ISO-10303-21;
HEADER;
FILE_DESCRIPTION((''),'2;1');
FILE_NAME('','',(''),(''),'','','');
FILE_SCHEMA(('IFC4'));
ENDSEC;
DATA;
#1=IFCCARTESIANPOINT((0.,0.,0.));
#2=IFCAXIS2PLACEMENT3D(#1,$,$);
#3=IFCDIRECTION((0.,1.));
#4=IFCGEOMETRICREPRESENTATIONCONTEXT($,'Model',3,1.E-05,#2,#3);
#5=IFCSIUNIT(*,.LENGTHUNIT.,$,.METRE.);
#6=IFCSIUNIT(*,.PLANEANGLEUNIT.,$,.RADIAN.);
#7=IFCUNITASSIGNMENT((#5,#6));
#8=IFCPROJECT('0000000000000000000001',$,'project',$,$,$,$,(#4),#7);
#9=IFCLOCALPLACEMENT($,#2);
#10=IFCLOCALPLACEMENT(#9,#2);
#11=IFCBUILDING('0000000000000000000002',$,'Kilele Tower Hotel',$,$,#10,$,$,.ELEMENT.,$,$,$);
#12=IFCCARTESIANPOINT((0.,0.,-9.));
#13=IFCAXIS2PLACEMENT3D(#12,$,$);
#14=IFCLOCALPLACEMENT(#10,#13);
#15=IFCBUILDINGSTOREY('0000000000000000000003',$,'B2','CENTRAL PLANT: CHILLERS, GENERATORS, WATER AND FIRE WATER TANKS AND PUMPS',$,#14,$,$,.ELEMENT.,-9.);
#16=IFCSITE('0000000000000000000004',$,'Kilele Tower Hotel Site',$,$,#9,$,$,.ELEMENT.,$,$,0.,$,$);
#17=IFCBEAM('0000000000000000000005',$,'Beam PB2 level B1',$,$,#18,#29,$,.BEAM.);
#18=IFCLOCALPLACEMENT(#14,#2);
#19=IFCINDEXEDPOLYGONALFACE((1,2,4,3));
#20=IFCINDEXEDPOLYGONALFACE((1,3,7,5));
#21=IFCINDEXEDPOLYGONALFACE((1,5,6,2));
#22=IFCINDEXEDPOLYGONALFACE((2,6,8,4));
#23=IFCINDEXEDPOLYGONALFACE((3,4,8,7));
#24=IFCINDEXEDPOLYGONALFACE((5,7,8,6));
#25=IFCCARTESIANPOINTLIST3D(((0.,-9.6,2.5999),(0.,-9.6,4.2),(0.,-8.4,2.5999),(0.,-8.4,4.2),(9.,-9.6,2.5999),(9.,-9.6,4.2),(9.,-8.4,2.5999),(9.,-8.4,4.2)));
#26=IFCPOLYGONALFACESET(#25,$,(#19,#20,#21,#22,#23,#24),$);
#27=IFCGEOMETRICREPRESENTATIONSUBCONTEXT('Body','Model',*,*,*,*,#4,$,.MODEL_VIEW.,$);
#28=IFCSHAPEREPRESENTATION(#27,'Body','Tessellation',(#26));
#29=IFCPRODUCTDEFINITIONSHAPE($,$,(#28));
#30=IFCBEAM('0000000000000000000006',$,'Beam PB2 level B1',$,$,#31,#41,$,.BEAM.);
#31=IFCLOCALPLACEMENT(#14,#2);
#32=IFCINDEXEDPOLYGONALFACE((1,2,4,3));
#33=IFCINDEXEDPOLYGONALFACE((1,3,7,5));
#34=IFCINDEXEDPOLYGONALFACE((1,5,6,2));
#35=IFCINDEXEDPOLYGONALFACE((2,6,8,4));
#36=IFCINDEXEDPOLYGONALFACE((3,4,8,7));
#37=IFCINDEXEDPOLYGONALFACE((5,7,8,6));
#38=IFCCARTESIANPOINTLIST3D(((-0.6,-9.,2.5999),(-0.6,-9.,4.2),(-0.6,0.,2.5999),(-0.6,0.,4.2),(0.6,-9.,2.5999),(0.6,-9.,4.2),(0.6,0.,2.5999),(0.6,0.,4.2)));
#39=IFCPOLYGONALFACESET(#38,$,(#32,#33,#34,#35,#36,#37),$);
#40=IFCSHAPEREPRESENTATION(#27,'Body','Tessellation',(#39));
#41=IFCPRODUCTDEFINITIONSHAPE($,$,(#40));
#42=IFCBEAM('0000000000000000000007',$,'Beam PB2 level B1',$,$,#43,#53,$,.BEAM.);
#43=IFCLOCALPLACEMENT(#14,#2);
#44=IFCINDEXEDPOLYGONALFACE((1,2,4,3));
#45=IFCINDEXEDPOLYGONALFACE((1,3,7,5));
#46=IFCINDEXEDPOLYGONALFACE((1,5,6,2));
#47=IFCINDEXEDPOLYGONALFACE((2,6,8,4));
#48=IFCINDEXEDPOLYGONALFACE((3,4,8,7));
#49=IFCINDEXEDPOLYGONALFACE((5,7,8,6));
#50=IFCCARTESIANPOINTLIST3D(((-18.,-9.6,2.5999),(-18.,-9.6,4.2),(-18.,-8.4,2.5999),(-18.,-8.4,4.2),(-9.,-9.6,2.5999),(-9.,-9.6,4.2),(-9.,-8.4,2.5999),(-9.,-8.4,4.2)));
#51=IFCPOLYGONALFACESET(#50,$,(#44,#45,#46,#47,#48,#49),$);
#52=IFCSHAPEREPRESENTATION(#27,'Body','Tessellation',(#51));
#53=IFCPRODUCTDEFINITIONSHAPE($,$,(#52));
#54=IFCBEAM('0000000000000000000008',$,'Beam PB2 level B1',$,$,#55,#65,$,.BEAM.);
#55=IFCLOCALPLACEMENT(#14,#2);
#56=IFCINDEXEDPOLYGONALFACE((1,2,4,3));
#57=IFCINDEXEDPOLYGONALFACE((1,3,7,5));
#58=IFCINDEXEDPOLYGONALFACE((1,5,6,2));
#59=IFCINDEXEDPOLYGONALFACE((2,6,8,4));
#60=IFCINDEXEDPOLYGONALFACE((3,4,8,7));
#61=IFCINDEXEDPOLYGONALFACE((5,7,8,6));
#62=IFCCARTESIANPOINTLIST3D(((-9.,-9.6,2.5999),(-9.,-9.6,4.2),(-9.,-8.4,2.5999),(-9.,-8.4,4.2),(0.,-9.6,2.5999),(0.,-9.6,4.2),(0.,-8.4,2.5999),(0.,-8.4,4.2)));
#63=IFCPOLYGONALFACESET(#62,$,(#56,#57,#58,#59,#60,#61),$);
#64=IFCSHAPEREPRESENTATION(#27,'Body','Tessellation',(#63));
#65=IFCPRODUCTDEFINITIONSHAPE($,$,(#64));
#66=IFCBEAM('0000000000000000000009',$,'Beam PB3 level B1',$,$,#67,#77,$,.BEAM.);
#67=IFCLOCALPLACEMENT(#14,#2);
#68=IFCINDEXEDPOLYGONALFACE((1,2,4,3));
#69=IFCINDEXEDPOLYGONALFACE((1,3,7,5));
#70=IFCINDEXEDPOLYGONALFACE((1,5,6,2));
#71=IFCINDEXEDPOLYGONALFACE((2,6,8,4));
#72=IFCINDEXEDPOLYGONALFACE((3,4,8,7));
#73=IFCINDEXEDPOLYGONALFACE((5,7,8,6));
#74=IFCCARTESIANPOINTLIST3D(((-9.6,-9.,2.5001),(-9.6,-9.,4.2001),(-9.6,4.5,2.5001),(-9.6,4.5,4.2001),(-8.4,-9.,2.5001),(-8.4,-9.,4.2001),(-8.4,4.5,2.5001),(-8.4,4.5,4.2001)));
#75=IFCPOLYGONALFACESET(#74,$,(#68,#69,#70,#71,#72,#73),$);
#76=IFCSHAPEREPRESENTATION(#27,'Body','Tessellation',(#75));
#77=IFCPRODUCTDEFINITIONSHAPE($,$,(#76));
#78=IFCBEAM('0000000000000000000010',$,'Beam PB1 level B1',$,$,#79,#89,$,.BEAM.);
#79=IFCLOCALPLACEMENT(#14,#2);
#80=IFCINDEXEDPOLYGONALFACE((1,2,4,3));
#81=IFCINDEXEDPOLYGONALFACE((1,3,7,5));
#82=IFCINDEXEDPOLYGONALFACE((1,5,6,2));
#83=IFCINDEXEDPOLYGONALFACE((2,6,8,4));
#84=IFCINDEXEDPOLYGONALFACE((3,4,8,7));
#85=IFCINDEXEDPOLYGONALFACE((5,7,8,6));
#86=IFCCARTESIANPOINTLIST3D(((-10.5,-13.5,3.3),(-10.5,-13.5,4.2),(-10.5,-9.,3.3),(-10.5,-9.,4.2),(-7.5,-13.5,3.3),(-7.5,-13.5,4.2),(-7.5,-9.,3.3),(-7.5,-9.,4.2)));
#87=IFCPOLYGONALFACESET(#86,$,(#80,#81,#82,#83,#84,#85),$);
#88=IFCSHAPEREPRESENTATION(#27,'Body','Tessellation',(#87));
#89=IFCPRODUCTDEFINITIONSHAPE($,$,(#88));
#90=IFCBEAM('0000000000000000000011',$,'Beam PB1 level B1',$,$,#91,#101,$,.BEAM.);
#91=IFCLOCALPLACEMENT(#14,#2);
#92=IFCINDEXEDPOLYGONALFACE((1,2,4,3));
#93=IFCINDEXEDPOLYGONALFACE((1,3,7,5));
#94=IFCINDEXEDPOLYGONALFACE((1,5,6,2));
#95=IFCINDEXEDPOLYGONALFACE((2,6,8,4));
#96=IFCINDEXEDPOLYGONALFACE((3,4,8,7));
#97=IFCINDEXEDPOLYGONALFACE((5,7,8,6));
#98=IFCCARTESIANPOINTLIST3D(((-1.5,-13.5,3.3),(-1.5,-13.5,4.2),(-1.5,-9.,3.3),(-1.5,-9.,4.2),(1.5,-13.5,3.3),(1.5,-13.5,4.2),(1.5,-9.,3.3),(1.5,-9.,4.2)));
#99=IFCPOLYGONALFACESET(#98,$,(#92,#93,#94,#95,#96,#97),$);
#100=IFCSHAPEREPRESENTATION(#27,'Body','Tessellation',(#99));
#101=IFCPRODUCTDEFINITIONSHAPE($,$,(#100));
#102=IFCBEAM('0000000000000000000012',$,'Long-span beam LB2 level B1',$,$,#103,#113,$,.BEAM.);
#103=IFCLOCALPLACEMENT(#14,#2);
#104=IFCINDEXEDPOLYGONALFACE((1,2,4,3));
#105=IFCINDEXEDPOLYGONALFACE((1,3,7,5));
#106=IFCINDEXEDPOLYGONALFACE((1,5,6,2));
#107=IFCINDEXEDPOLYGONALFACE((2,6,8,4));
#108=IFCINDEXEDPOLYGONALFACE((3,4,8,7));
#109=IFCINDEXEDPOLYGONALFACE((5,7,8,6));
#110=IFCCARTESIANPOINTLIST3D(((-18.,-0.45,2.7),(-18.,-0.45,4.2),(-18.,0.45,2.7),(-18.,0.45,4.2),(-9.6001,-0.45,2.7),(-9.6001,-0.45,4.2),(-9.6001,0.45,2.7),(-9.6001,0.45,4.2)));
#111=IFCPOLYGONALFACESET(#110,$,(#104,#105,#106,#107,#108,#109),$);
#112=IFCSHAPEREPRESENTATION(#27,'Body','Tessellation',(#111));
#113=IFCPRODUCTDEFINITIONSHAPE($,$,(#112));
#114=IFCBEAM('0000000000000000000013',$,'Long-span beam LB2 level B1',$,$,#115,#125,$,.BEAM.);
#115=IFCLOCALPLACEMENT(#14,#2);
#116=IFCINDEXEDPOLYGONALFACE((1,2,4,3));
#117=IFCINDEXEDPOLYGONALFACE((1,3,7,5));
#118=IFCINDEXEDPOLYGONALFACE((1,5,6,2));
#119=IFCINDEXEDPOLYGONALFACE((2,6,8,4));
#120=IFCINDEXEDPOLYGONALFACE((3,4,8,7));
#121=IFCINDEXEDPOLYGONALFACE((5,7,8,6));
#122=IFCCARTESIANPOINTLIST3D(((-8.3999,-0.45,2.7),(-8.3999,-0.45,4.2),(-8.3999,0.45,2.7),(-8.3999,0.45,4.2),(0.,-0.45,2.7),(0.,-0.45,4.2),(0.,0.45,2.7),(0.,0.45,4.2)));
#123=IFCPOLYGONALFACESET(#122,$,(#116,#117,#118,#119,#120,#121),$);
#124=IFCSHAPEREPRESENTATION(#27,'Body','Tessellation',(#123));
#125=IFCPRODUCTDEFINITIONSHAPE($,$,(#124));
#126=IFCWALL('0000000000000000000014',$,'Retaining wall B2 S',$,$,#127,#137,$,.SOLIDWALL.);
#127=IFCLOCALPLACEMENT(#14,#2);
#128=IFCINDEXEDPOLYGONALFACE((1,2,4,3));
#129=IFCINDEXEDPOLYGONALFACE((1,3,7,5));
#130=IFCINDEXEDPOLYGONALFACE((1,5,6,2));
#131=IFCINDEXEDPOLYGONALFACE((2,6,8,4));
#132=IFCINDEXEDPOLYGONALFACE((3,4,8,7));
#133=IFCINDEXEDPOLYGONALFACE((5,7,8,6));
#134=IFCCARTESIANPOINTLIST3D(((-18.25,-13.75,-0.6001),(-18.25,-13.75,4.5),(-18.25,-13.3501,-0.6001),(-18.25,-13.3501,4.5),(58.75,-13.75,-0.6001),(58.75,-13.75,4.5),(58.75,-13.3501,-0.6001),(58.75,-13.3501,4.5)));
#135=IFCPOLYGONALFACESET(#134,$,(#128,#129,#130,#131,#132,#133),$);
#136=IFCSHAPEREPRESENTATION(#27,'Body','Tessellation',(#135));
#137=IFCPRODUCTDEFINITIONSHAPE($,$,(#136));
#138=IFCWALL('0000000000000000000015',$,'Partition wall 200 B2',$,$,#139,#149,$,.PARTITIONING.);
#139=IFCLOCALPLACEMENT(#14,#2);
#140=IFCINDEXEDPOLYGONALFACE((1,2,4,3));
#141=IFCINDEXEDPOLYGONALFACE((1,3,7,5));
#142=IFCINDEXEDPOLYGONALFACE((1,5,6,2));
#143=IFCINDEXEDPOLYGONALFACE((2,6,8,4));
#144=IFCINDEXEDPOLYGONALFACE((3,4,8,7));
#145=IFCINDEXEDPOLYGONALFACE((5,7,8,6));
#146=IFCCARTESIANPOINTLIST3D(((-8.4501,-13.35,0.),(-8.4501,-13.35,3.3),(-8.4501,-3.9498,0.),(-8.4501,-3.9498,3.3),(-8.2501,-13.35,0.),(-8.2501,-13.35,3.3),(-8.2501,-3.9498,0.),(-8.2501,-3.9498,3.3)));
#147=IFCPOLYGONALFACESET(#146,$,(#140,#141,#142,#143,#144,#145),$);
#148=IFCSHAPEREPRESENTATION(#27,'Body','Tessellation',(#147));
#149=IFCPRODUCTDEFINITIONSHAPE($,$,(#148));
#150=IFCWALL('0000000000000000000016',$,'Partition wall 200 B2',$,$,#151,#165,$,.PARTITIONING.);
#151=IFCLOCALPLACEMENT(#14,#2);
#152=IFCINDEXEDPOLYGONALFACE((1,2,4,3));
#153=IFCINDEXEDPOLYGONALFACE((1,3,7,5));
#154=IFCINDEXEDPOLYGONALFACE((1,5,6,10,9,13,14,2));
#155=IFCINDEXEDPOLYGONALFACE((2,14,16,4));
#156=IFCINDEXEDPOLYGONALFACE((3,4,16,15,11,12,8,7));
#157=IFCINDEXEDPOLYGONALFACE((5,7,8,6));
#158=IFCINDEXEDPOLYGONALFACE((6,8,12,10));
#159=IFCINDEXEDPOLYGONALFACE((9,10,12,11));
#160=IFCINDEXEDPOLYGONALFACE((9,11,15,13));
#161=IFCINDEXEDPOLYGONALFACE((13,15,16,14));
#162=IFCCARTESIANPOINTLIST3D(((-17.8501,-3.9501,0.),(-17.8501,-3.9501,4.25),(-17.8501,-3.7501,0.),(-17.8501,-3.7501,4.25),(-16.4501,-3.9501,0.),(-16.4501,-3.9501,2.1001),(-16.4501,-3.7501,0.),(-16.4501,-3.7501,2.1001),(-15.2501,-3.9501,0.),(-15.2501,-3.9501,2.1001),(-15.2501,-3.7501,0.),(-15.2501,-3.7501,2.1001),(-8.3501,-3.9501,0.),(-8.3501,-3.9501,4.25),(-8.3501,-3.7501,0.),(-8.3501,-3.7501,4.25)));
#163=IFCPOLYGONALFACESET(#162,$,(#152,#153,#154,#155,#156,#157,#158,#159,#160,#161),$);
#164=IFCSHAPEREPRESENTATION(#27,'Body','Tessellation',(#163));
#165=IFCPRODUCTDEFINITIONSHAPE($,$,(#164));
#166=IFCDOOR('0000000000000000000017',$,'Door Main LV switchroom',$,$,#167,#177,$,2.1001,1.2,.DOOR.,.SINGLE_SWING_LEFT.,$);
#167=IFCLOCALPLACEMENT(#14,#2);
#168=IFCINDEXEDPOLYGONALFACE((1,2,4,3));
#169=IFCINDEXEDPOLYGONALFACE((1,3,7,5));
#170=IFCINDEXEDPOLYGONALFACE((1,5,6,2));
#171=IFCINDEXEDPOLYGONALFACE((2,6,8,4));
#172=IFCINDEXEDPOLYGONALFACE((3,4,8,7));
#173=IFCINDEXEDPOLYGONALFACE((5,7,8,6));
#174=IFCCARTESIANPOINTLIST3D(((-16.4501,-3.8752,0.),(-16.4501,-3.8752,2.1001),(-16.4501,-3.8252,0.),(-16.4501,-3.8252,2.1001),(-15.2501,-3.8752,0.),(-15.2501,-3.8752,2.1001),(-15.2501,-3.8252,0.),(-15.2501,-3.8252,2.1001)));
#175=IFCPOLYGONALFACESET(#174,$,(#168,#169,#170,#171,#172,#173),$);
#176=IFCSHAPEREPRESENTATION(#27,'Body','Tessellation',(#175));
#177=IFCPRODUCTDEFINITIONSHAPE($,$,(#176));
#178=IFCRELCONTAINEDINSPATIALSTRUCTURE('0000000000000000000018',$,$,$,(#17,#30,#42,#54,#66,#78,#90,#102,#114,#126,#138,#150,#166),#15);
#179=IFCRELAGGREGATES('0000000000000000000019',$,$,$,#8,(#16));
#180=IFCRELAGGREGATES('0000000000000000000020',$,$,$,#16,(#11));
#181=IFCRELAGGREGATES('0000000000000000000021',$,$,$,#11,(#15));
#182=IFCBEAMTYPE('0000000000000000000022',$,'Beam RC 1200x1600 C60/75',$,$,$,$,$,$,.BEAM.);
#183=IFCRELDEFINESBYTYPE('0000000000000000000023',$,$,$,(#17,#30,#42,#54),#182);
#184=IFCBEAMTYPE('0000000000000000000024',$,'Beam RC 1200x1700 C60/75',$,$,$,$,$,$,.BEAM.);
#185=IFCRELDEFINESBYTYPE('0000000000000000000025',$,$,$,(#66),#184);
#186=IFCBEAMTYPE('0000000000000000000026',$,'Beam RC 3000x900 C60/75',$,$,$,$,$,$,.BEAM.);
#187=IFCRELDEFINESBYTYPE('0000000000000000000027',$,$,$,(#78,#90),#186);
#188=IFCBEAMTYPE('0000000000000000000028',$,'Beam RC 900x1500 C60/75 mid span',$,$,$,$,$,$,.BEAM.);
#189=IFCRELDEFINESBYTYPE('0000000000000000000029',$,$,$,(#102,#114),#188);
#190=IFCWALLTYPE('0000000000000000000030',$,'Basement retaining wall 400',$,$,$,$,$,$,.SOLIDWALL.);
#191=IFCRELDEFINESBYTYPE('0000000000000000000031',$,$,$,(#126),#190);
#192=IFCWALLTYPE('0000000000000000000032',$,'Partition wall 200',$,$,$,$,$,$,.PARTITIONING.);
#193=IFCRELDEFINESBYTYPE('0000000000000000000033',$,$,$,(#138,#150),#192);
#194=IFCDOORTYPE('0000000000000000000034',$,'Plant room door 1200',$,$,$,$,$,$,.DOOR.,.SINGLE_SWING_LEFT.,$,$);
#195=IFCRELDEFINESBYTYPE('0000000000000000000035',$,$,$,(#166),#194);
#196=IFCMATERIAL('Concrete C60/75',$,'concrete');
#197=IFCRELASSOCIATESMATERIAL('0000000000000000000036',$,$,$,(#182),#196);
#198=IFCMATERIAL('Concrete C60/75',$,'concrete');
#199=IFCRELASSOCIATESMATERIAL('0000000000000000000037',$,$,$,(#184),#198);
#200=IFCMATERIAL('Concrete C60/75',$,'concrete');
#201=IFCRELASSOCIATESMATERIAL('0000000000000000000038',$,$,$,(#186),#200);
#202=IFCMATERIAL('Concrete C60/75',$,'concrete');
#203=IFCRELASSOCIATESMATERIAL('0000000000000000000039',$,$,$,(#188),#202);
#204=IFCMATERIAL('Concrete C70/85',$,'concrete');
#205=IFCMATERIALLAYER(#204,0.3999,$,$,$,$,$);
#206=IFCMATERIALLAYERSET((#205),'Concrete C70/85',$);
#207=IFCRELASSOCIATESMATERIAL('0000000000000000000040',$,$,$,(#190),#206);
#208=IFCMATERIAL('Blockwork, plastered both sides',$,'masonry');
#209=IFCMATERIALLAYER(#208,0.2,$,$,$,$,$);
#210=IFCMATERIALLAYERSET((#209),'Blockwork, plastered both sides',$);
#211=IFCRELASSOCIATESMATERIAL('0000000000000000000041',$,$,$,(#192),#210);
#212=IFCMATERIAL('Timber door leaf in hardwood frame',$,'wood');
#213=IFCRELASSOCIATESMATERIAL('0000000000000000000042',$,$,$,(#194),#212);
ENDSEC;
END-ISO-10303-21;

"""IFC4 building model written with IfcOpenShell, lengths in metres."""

from ifc_helpers import new_model, si_unit, direction, frame, frame_2d, origin, origin_2d, place, context, subcontext, project, spatial, rectangle, extrude, material, layer, layer_set, material_profile, profile_set, type_object, element, fill, save


model = new_model("IFC4")

# Units and contexts
model_context = context("Model", 3, precision=1e-05, world=origin(), true_north=direction((0.0, 1.0)))
body_context = subcontext(model_context, "Body", "Model", "MODEL_VIEW")
ifc_project = project(units=[si_unit("LENGTHUNIT", "METRE"), si_unit("PLANEANGLEUNIT", "RADIAN")], contexts=[model_context])

# Site, building, storey
site_placement = place(None, origin())
site = spatial("IfcSite", under=ifc_project, at=site_placement, Name="Kilele Tower Hotel Site", CompositionType="ELEMENT", RefElevation=0.0)
building_placement = place(site_placement, origin())
building = spatial("IfcBuilding", under=site, at=building_placement, Name="Kilele Tower Hotel", CompositionType="ELEMENT")
storey_placement = place(building_placement, frame((0.0, 0.0, -9.0)))
storey = spatial("IfcBuildingStorey", under=building, at=storey_placement, Name="B2", Description="CENTRAL PLANT: CHILLERS, GENERATORS, WATER AND FIRE WATER TANKS AND PUMPS", CompositionType="ELEMENT", Elevation=-9.0)

# Beams
ifc_material_1 = material(Name="Concrete C60/75", Category="concrete")
ifc_material_profile_1 = material_profile(ifc_material_1, rectangle(XDim=1.2, YDim=1.6001, at=origin_2d()))
ifc_profile_set_1 = profile_set([ifc_material_profile_1], Name="Concrete C60/75")
beam_type_1 = type_object("IfcBeamType", Name="Beam RC 1200x1600 C60/75", PredefinedType="BEAM", material=ifc_profile_set_1)
for number, where, z_axis, x_axis, name in (
    (1, (0.0, -9.0, 3.3999), (1.0, 0.0, 0.0), (0.0, 1.0, 0.0), "Beam PB2 level B1"),
    (2, (0.0, -9.0, 3.3999), (0.0, 1.0, 0.0), (-1.0, 0.0, 0.0), "Beam PB2 level B1"),
    (3, (-18.0, -9.0, 3.3999), (1.0, 0.0, 0.0), (0.0, 1.0, 0.0), "Beam PB2 level B1"),
    (4, (-9.0, -9.0, 3.3999), (1.0, 0.0, 0.0), (0.0, 1.0, 0.0), "Beam PB2 level B1"),
):
    element("IfcBeam", number, at=place(storey_placement, frame(where, z_axis=z_axis, x_axis=x_axis)), inside=storey, type_object=beam_type_1, Name=name, PredefinedType="BEAM", context=body_context, shape_type="SweptSolid", body=[
        extrude(rectangle(XDim=1.2, YDim=1.6001, at=origin_2d()), origin(), (0.0, 0.0, 1.0), 9.0),
    ])
ifc_material_2 = material(Name="Concrete C60/75", Category="concrete")
ifc_material_profile_2 = material_profile(ifc_material_2, rectangle(XDim=1.2, YDim=1.7, at=origin_2d()))
ifc_profile_set_2 = profile_set([ifc_material_profile_2], Name="Concrete C60/75")
beam_type_2 = type_object("IfcBeamType", Name="Beam RC 1200x1700 C60/75", PredefinedType="BEAM", material=ifc_profile_set_2)
beam_placement = place(storey_placement, frame((-9.0, -9.0, 3.3501), z_axis=(0.0, 1.0, 0.0), x_axis=(-1.0, 0.0, 0.0)))
element("IfcBeam", 5, at=beam_placement, inside=storey, type_object=beam_type_2, Name="Beam PB3 level B1", PredefinedType="BEAM", context=body_context, shape_type="SweptSolid", body=[
    extrude(rectangle(XDim=1.2, YDim=1.7, at=origin_2d()), origin(), (0.0, 0.0, 1.0), 13.5),
])
ifc_material_3 = material(Name="Concrete C60/75", Category="concrete")
ifc_material_profile_3 = material_profile(ifc_material_3, rectangle(XDim=3.0, YDim=0.8999, at=origin_2d()))
ifc_profile_set_3 = profile_set([ifc_material_profile_3], Name="Concrete C60/75")
beam_type_3 = type_object("IfcBeamType", Name="Beam RC 3000x900 C60/75", PredefinedType="BEAM", material=ifc_profile_set_3)
for number, where, z_axis, x_axis, name in (
    (6, (-9.0, -13.5, 3.75), (0.0, 1.0, 0.0), (-1.0, 0.0, 0.0), "Beam PB1 level B1"),
    (7, (0.0, -13.5, 3.75), (0.0, 1.0, 0.0), (-1.0, 0.0, 0.0), "Beam PB1 level B1"),
):
    element("IfcBeam", number, at=place(storey_placement, frame(where, z_axis=z_axis, x_axis=x_axis)), inside=storey, type_object=beam_type_3, Name=name, PredefinedType="BEAM", context=body_context, shape_type="SweptSolid", body=[
        extrude(rectangle(XDim=3.0, YDim=0.8999, at=origin_2d()), origin(), (0.0, 0.0, 1.0), 4.5),
    ])
ifc_material_4 = material(Name="Concrete C60/75", Category="concrete")
ifc_material_profile_4 = material_profile(ifc_material_4, rectangle(XDim=0.8999, YDim=1.5, at=origin_2d()))
ifc_profile_set_4 = profile_set([ifc_material_profile_4], Name="Concrete C60/75")
beam_type_4 = type_object("IfcBeamType", Name="Beam RC 900x1500 C60/75 mid span", PredefinedType="BEAM", material=ifc_profile_set_4)
for number, where, z_axis, x_axis, name in (
    (8, (-18.0, 0.0, 3.45), (1.0, 0.0, 0.0), (0.0, 1.0, 0.0), "Long-span beam LB2 level B1"),
    (9, (-8.3999, 0.0, 3.45), (1.0, 0.0, 0.0), (0.0, 1.0, 0.0), "Long-span beam LB2 level B1"),
):
    element("IfcBeam", number, at=place(storey_placement, frame(where, z_axis=z_axis, x_axis=x_axis)), inside=storey, type_object=beam_type_4, Name=name, PredefinedType="BEAM", context=body_context, shape_type="SweptSolid", body=[
        extrude(rectangle(XDim=0.8999, YDim=1.5, at=origin_2d()), origin(), (0.0, 0.0, 1.0), 8.3999),
    ])

# Walls
ifc_material_5 = material(Name="Concrete C70/85", Category="concrete")
ifc_layer_1 = layer(ifc_material_5, 0.3999)
ifc_layer_set_1 = layer_set([ifc_layer_1], Name="Concrete C70/85")
wall_type_1 = type_object("IfcWallType", Name="Basement retaining wall 400", PredefinedType="SOLIDWALL", material=ifc_layer_set_1)
wall_1_placement = place(storey_placement, frame((-18.25, -13.55, -0.6001), z_axis=(0.0, 0.0, 1.0), x_axis=(1.0, 0.0, 0.0)))
element("IfcWall", 10, at=wall_1_placement, inside=storey, type_object=wall_type_1, Name="Retaining wall B2 S", PredefinedType="SOLIDWALL", context=body_context, shape_type="SweptSolid", body=[
    extrude(rectangle(XDim=77.0, YDim=0.3999, at=frame_2d((38.5, 0.0))), origin(), (0.0, 0.0, 1.0), 5.1001),
])
ifc_material_6 = material(Name="Blockwork, plastered both sides", Category="masonry")
ifc_layer_2 = layer(ifc_material_6, 0.2)
ifc_layer_set_2 = layer_set([ifc_layer_2], Name="Blockwork, plastered both sides")
wall_type_2 = type_object("IfcWallType", Name="Partition wall 200", PredefinedType="PARTITIONING", material=ifc_layer_set_2)
wall_2_placement = place(storey_placement, frame((-8.3501, -13.3501, 0.0), z_axis=(0.0, 0.0, 1.0), x_axis=(0.0, 1.0, 0.0)))
element("IfcWall", 11, at=wall_2_placement, inside=storey, type_object=wall_type_2, Name="Partition wall 200 B2", PredefinedType="PARTITIONING", context=body_context, shape_type="SweptSolid", body=[
    extrude(rectangle(XDim=9.4001, YDim=0.2, at=frame_2d((4.7002, 0.0))), origin(), (0.0, 0.0, 1.0), 3.3),
])

# Wall, opening, door
wall_3_placement = place(storey_placement, frame((-17.8501, -3.8501, 0.0), z_axis=(0.0, 0.0, 1.0), x_axis=(1.0, 0.0, 0.0)))
wall_3 = element("IfcWall", 12, at=wall_3_placement, inside=storey, type_object=wall_type_2, Name="Partition wall 200 B2", PredefinedType="PARTITIONING", context=body_context, shape_type="SweptSolid", body=[
    extrude(rectangle(XDim=9.5, YDim=0.2, at=frame_2d((4.75, 0.0))), origin(), (0.0, 0.0, 1.0), 4.25),
])
opening_1_placement = place(wall_3_placement, frame((1.3999, 0.0, 0.0)))
opening_1 = element("IfcOpeningElement", 13, at=opening_1_placement, cuts=wall_3, PredefinedType="OPENING", context=body_context, shape_type="SweptSolid", body=[
    extrude(rectangle(XDim=1.2, YDim=2.1001, at=frame_2d((0.6001, 1.05))), frame((0.0, 0.1099, 0.0), z_axis=(0.0, -1.0, 0.0), x_axis=(1.0, 0.0, 0.0)), (0.0, 0.0, 1.0), 0.22),
])
ifc_material_7 = material(Name="Timber door leaf in hardwood frame", Category="wood")
door_type = type_object("IfcDoorType", Name="Plant room door 1200", OperationType="SINGLE_SWING_LEFT", PredefinedType="DOOR", material=ifc_material_7)
door_1_placement = place(opening_1_placement, origin())
door_1 = element("IfcDoor", 14, at=door_1_placement, inside=storey, type_object=door_type, Name="Door Main LV switchroom", OperationType="SINGLE_SWING_LEFT", OverallHeight=2.1001, OverallWidth=1.2, PredefinedType="DOOR", context=body_context, shape_type="SweptSolid", body=[
    extrude(rectangle(XDim=1.2, YDim=2.1001, at=frame_2d((0.6001, 1.05))), frame((0.0, 0.0249, 0.0), z_axis=(0.0, -1.0, 0.0), x_axis=(1.0, 0.0, 0.0)), (0.0, 0.0, 1.0), 0.05),
])
fill(opening_1, door_1)

save(model, "model.ifc")
